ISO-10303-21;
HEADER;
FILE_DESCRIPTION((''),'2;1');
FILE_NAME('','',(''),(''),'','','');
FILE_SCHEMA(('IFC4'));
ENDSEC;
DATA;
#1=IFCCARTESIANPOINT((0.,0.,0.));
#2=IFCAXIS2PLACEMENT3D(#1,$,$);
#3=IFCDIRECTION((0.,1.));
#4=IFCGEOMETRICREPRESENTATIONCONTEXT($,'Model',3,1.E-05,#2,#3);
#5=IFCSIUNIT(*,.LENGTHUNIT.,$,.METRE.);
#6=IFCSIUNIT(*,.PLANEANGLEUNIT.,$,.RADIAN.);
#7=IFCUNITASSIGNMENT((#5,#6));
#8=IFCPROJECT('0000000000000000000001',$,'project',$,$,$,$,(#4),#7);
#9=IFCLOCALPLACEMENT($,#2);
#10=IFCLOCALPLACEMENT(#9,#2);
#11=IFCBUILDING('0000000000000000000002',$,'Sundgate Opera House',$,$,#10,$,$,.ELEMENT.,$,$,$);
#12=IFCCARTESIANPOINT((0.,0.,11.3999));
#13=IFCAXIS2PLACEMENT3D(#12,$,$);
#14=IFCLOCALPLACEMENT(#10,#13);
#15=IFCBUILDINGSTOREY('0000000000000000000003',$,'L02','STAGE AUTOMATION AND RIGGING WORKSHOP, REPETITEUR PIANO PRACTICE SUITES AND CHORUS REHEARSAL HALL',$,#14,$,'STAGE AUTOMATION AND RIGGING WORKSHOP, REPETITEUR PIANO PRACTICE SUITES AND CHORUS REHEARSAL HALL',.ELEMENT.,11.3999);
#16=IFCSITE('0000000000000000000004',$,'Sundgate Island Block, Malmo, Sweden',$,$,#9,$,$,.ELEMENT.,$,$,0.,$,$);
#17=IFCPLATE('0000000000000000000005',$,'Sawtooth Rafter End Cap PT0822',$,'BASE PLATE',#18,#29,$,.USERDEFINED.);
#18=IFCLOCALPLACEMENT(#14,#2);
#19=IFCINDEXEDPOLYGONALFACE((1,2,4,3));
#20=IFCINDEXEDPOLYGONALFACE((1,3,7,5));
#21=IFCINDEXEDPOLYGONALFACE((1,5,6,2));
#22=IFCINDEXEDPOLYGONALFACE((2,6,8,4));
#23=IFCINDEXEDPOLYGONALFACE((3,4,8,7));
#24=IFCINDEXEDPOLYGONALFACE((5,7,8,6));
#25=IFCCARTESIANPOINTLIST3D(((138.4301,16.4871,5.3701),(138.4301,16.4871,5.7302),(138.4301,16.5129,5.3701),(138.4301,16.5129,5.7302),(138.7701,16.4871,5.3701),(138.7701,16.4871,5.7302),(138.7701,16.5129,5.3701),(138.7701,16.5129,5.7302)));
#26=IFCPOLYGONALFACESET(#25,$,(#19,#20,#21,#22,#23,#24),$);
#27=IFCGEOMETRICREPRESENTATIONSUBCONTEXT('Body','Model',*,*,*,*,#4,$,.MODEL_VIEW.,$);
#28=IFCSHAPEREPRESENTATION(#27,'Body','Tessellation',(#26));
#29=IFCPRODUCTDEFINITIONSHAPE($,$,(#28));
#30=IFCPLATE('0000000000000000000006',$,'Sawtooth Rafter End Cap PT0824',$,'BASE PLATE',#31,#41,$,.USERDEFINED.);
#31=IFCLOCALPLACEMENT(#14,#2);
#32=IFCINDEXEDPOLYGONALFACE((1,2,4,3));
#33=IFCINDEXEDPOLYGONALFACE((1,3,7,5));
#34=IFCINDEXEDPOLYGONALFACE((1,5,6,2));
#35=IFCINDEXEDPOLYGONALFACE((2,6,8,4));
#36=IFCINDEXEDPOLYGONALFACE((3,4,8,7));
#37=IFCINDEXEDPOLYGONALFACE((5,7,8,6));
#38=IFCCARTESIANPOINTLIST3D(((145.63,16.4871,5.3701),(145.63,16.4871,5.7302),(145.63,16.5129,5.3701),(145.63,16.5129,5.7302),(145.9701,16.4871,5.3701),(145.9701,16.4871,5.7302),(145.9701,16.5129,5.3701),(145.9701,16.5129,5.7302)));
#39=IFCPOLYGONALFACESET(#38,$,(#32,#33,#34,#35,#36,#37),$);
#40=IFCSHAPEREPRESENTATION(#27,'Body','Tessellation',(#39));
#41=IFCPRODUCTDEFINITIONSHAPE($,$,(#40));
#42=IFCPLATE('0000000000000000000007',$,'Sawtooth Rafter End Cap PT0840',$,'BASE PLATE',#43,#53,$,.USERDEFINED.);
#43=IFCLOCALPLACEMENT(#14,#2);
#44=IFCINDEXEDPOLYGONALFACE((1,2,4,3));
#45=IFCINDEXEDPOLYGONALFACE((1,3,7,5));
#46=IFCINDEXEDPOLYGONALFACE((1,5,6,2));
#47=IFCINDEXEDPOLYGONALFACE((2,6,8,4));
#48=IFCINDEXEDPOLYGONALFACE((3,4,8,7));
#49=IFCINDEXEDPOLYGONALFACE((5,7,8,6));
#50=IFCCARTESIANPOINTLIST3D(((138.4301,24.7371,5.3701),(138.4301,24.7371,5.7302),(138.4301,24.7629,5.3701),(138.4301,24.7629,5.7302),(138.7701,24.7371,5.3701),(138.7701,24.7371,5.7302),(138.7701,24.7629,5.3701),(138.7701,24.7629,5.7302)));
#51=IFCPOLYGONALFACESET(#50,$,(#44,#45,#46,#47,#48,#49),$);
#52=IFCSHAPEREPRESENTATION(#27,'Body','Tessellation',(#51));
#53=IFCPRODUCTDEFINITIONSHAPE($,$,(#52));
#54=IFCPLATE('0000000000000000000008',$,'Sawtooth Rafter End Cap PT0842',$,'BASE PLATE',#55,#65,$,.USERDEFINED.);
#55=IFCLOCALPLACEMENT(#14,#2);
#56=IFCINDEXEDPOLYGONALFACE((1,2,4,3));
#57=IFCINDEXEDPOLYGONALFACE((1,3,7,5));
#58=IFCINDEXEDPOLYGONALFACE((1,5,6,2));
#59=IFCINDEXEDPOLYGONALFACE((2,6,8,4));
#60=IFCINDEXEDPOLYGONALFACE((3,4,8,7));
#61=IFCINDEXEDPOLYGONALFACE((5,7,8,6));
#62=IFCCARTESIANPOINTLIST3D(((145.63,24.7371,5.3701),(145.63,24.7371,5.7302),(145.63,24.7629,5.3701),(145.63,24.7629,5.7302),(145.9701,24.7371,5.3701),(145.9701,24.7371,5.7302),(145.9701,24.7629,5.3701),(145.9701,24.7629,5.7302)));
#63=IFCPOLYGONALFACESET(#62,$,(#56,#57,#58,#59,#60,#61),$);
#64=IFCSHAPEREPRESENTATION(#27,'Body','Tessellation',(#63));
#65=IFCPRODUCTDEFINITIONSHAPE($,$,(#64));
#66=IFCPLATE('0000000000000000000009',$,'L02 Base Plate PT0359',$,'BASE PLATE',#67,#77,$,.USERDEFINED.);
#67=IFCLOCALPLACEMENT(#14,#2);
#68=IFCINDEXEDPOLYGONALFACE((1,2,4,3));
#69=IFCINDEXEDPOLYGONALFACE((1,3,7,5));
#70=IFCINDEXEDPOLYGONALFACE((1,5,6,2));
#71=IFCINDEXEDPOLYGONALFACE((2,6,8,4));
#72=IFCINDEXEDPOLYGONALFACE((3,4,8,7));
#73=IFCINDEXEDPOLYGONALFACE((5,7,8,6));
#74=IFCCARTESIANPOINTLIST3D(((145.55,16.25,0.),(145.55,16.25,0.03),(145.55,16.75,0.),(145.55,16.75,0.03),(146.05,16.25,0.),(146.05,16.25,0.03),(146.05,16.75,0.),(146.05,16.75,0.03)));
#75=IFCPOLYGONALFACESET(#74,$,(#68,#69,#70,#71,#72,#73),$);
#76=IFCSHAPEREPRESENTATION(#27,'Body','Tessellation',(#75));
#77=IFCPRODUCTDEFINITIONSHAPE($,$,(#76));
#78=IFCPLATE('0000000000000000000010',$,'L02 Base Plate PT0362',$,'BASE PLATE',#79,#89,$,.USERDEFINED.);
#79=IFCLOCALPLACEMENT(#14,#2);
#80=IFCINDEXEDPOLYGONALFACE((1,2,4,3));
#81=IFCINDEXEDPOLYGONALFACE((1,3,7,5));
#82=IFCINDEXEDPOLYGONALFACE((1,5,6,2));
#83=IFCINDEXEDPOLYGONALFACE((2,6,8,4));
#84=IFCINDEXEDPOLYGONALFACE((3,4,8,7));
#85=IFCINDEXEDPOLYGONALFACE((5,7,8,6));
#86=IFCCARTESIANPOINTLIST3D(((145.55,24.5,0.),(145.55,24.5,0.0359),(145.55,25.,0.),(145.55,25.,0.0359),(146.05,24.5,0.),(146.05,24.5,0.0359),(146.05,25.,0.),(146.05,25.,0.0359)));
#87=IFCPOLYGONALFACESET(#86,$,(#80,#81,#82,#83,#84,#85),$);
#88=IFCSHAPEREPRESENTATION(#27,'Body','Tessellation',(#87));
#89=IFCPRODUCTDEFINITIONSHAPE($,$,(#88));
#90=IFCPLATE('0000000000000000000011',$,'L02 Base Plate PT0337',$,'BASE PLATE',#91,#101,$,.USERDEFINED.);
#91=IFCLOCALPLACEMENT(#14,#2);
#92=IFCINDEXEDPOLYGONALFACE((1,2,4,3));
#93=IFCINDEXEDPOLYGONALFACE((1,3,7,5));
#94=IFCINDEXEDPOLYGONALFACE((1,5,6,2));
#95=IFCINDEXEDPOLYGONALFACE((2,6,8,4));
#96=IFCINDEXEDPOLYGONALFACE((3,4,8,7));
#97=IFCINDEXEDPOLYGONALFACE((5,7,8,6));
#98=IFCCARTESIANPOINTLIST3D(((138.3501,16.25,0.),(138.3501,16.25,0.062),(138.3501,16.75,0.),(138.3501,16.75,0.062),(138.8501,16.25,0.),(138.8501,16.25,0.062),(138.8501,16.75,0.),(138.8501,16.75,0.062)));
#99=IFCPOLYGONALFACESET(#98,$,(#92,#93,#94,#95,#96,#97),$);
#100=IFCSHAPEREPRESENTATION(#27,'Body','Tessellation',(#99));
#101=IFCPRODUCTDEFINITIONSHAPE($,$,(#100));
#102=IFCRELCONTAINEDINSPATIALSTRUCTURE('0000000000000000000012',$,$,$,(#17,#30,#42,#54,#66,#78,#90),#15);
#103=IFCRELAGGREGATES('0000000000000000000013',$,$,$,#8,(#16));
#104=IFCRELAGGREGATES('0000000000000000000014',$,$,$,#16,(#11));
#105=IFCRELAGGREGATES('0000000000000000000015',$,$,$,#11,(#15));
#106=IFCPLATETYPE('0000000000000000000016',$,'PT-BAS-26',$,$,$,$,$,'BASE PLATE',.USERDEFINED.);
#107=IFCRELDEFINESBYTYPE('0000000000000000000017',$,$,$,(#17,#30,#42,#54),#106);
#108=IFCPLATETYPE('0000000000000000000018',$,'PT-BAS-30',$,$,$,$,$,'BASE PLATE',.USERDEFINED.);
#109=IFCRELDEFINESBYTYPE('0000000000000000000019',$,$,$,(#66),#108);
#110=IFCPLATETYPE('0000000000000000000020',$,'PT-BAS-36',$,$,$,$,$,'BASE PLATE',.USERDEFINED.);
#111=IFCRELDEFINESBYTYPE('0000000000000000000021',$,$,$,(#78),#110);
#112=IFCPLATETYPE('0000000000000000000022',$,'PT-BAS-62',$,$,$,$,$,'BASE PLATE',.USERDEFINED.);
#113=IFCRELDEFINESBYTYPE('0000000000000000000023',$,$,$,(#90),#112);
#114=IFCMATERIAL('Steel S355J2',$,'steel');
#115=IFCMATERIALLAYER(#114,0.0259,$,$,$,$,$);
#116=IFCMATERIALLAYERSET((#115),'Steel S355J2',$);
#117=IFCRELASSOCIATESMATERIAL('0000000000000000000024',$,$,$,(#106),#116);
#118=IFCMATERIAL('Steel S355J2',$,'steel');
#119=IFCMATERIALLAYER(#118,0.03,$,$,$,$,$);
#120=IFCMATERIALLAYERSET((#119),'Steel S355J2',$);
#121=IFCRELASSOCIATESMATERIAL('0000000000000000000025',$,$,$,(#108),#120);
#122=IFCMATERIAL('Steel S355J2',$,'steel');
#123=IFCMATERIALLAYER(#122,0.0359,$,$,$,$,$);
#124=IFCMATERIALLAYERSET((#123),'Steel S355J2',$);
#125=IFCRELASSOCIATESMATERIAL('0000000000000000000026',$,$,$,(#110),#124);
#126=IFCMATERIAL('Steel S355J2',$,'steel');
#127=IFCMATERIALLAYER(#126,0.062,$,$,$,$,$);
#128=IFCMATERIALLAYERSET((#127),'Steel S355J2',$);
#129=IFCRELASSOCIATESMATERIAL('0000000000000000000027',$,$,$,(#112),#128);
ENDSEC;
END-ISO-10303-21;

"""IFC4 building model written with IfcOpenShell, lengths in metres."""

from ifc_helpers import new_model, si_unit, direction, frame, origin, origin_2d, place, context, subcontext, project, spatial, rectangle, extrude, material, layer, layer_set, type_object, element, save


model = new_model("IFC4")

# Units and contexts
model_context = context("Model", 3, precision=1e-05, world=origin(), true_north=direction((0.0, 1.0)))
body_context = subcontext(model_context, "Body", "Model", "MODEL_VIEW")
ifc_project = project(units=[si_unit("LENGTHUNIT", "METRE"), si_unit("PLANEANGLEUNIT", "RADIAN")], contexts=[model_context])

# Site, building, storey
site_placement = place(None, origin())
site = spatial("IfcSite", under=ifc_project, at=site_placement, Name="Sundgate Island Block, Malmo, Sweden", CompositionType="ELEMENT", RefElevation=0.0)
building_placement = place(site_placement, origin())
building = spatial("IfcBuilding", under=site, at=building_placement, Name="Sundgate Opera House", CompositionType="ELEMENT")
storey_placement = place(building_placement, frame((0.0, 0.0, 11.3999)))
storey = spatial("IfcBuildingStorey", under=building, at=storey_placement, Name="L02", Description="STAGE AUTOMATION AND RIGGING WORKSHOP, REPETITEUR PIANO PRACTICE SUITES AND CHORUS REHEARSAL HALL", LongName="STAGE AUTOMATION AND RIGGING WORKSHOP, REPETITEUR PIANO PRACTICE SUITES AND CHORUS REHEARSAL HALL", CompositionType="ELEMENT", Elevation=11.3999)

# Plates
ifc_material_1 = material(Name="Steel S355J2", Category="steel")
ifc_layer_1 = layer(ifc_material_1, 0.0259)
ifc_layer_set_1 = layer_set([ifc_layer_1], Name="Steel S355J2")
plate_type_1 = type_object("IfcPlateType", Name="PT-BAS-26", ElementType="BASE PLATE", PredefinedType="USERDEFINED", material=ifc_layer_set_1)
for number, where, z_axis, x_axis, name in (
    (1, (138.6001, 16.5, 5.3701), (0.0, 0.0, 1.0), (1.0, 0.0, 0.0), "Sawtooth Rafter End Cap PT0822"),
    (2, (145.8, 16.5, 5.3701), (0.0, 0.0, 1.0), (1.0, 0.0, 0.0), "Sawtooth Rafter End Cap PT0824"),
    (3, (138.6001, 24.75, 5.3701), (0.0, 0.0, 1.0), (1.0, 0.0, 0.0), "Sawtooth Rafter End Cap PT0840"),
    (4, (145.8, 24.75, 5.3701), (0.0, 0.0, 1.0), (1.0, 0.0, 0.0), "Sawtooth Rafter End Cap PT0842"),
):
    element("IfcPlate", number, at=place(storey_placement, frame(where, z_axis=z_axis, x_axis=x_axis)), inside=storey, type_object=plate_type_1, Name=name, ObjectType="BASE PLATE", PredefinedType="USERDEFINED", context=body_context, shape_type="SweptSolid", body=[
        extrude(rectangle(XDim=0.3401, YDim=0.0259, at=origin_2d()), origin(), (0.0, 0.0, 1.0), 0.3601),
    ])
ifc_material_2 = material(Name="Steel S355J2", Category="steel")
ifc_layer_2 = layer(ifc_material_2, 0.03)
ifc_layer_set_2 = layer_set([ifc_layer_2], Name="Steel S355J2")
plate_type_2 = type_object("IfcPlateType", Name="PT-BAS-30", ElementType="BASE PLATE", PredefinedType="USERDEFINED", material=ifc_layer_set_2)
plate_1_placement = place(storey_placement, frame((145.8, 16.5, 0.0), z_axis=(0.0, 0.0, 1.0), x_axis=(1.0, 0.0, 0.0)))
element("IfcPlate", 5, at=plate_1_placement, inside=storey, type_object=plate_type_2, Name="L02 Base Plate PT0359", ObjectType="BASE PLATE", PredefinedType="USERDEFINED", context=body_context, shape_type="SweptSolid", body=[
    extrude(rectangle(XDim=0.5, YDim=0.5, at=origin_2d()), origin(), (0.0, 0.0, 1.0), 0.03),
])
ifc_material_3 = material(Name="Steel S355J2", Category="steel")
ifc_layer_3 = layer(ifc_material_3, 0.0359)
ifc_layer_set_3 = layer_set([ifc_layer_3], Name="Steel S355J2")
plate_type_3 = type_object("IfcPlateType", Name="PT-BAS-36", ElementType="BASE PLATE", PredefinedType="USERDEFINED", material=ifc_layer_set_3)
plate_2_placement = place(storey_placement, frame((145.8, 24.75, 0.0), z_axis=(0.0, 0.0, 1.0), x_axis=(1.0, 0.0, 0.0)))
element("IfcPlate", 6, at=plate_2_placement, inside=storey, type_object=plate_type_3, Name="L02 Base Plate PT0362", ObjectType="BASE PLATE", PredefinedType="USERDEFINED", context=body_context, shape_type="SweptSolid", body=[
    extrude(rectangle(XDim=0.5, YDim=0.5, at=origin_2d()), origin(), (0.0, 0.0, 1.0), 0.0359),
])
ifc_material_4 = material(Name="Steel S355J2", Category="steel")
ifc_layer_4 = layer(ifc_material_4, 0.062)
ifc_layer_set_4 = layer_set([ifc_layer_4], Name="Steel S355J2")
plate_type_4 = type_object("IfcPlateType", Name="PT-BAS-62", ElementType="BASE PLATE", PredefinedType="USERDEFINED", material=ifc_layer_set_4)
plate_3_placement = place(storey_placement, frame((138.6001, 16.5, 0.0), z_axis=(0.0, 0.0, 1.0), x_axis=(1.0, 0.0, 0.0)))
element("IfcPlate", 7, at=plate_3_placement, inside=storey, type_object=plate_type_4, Name="L02 Base Plate PT0337", ObjectType="BASE PLATE", PredefinedType="USERDEFINED", context=body_context, shape_type="SweptSolid", body=[
    extrude(rectangle(XDim=0.5, YDim=0.5, at=origin_2d()), origin(), (0.0, 0.0, 1.0), 0.062),
])

save(model, "model.ifc")
